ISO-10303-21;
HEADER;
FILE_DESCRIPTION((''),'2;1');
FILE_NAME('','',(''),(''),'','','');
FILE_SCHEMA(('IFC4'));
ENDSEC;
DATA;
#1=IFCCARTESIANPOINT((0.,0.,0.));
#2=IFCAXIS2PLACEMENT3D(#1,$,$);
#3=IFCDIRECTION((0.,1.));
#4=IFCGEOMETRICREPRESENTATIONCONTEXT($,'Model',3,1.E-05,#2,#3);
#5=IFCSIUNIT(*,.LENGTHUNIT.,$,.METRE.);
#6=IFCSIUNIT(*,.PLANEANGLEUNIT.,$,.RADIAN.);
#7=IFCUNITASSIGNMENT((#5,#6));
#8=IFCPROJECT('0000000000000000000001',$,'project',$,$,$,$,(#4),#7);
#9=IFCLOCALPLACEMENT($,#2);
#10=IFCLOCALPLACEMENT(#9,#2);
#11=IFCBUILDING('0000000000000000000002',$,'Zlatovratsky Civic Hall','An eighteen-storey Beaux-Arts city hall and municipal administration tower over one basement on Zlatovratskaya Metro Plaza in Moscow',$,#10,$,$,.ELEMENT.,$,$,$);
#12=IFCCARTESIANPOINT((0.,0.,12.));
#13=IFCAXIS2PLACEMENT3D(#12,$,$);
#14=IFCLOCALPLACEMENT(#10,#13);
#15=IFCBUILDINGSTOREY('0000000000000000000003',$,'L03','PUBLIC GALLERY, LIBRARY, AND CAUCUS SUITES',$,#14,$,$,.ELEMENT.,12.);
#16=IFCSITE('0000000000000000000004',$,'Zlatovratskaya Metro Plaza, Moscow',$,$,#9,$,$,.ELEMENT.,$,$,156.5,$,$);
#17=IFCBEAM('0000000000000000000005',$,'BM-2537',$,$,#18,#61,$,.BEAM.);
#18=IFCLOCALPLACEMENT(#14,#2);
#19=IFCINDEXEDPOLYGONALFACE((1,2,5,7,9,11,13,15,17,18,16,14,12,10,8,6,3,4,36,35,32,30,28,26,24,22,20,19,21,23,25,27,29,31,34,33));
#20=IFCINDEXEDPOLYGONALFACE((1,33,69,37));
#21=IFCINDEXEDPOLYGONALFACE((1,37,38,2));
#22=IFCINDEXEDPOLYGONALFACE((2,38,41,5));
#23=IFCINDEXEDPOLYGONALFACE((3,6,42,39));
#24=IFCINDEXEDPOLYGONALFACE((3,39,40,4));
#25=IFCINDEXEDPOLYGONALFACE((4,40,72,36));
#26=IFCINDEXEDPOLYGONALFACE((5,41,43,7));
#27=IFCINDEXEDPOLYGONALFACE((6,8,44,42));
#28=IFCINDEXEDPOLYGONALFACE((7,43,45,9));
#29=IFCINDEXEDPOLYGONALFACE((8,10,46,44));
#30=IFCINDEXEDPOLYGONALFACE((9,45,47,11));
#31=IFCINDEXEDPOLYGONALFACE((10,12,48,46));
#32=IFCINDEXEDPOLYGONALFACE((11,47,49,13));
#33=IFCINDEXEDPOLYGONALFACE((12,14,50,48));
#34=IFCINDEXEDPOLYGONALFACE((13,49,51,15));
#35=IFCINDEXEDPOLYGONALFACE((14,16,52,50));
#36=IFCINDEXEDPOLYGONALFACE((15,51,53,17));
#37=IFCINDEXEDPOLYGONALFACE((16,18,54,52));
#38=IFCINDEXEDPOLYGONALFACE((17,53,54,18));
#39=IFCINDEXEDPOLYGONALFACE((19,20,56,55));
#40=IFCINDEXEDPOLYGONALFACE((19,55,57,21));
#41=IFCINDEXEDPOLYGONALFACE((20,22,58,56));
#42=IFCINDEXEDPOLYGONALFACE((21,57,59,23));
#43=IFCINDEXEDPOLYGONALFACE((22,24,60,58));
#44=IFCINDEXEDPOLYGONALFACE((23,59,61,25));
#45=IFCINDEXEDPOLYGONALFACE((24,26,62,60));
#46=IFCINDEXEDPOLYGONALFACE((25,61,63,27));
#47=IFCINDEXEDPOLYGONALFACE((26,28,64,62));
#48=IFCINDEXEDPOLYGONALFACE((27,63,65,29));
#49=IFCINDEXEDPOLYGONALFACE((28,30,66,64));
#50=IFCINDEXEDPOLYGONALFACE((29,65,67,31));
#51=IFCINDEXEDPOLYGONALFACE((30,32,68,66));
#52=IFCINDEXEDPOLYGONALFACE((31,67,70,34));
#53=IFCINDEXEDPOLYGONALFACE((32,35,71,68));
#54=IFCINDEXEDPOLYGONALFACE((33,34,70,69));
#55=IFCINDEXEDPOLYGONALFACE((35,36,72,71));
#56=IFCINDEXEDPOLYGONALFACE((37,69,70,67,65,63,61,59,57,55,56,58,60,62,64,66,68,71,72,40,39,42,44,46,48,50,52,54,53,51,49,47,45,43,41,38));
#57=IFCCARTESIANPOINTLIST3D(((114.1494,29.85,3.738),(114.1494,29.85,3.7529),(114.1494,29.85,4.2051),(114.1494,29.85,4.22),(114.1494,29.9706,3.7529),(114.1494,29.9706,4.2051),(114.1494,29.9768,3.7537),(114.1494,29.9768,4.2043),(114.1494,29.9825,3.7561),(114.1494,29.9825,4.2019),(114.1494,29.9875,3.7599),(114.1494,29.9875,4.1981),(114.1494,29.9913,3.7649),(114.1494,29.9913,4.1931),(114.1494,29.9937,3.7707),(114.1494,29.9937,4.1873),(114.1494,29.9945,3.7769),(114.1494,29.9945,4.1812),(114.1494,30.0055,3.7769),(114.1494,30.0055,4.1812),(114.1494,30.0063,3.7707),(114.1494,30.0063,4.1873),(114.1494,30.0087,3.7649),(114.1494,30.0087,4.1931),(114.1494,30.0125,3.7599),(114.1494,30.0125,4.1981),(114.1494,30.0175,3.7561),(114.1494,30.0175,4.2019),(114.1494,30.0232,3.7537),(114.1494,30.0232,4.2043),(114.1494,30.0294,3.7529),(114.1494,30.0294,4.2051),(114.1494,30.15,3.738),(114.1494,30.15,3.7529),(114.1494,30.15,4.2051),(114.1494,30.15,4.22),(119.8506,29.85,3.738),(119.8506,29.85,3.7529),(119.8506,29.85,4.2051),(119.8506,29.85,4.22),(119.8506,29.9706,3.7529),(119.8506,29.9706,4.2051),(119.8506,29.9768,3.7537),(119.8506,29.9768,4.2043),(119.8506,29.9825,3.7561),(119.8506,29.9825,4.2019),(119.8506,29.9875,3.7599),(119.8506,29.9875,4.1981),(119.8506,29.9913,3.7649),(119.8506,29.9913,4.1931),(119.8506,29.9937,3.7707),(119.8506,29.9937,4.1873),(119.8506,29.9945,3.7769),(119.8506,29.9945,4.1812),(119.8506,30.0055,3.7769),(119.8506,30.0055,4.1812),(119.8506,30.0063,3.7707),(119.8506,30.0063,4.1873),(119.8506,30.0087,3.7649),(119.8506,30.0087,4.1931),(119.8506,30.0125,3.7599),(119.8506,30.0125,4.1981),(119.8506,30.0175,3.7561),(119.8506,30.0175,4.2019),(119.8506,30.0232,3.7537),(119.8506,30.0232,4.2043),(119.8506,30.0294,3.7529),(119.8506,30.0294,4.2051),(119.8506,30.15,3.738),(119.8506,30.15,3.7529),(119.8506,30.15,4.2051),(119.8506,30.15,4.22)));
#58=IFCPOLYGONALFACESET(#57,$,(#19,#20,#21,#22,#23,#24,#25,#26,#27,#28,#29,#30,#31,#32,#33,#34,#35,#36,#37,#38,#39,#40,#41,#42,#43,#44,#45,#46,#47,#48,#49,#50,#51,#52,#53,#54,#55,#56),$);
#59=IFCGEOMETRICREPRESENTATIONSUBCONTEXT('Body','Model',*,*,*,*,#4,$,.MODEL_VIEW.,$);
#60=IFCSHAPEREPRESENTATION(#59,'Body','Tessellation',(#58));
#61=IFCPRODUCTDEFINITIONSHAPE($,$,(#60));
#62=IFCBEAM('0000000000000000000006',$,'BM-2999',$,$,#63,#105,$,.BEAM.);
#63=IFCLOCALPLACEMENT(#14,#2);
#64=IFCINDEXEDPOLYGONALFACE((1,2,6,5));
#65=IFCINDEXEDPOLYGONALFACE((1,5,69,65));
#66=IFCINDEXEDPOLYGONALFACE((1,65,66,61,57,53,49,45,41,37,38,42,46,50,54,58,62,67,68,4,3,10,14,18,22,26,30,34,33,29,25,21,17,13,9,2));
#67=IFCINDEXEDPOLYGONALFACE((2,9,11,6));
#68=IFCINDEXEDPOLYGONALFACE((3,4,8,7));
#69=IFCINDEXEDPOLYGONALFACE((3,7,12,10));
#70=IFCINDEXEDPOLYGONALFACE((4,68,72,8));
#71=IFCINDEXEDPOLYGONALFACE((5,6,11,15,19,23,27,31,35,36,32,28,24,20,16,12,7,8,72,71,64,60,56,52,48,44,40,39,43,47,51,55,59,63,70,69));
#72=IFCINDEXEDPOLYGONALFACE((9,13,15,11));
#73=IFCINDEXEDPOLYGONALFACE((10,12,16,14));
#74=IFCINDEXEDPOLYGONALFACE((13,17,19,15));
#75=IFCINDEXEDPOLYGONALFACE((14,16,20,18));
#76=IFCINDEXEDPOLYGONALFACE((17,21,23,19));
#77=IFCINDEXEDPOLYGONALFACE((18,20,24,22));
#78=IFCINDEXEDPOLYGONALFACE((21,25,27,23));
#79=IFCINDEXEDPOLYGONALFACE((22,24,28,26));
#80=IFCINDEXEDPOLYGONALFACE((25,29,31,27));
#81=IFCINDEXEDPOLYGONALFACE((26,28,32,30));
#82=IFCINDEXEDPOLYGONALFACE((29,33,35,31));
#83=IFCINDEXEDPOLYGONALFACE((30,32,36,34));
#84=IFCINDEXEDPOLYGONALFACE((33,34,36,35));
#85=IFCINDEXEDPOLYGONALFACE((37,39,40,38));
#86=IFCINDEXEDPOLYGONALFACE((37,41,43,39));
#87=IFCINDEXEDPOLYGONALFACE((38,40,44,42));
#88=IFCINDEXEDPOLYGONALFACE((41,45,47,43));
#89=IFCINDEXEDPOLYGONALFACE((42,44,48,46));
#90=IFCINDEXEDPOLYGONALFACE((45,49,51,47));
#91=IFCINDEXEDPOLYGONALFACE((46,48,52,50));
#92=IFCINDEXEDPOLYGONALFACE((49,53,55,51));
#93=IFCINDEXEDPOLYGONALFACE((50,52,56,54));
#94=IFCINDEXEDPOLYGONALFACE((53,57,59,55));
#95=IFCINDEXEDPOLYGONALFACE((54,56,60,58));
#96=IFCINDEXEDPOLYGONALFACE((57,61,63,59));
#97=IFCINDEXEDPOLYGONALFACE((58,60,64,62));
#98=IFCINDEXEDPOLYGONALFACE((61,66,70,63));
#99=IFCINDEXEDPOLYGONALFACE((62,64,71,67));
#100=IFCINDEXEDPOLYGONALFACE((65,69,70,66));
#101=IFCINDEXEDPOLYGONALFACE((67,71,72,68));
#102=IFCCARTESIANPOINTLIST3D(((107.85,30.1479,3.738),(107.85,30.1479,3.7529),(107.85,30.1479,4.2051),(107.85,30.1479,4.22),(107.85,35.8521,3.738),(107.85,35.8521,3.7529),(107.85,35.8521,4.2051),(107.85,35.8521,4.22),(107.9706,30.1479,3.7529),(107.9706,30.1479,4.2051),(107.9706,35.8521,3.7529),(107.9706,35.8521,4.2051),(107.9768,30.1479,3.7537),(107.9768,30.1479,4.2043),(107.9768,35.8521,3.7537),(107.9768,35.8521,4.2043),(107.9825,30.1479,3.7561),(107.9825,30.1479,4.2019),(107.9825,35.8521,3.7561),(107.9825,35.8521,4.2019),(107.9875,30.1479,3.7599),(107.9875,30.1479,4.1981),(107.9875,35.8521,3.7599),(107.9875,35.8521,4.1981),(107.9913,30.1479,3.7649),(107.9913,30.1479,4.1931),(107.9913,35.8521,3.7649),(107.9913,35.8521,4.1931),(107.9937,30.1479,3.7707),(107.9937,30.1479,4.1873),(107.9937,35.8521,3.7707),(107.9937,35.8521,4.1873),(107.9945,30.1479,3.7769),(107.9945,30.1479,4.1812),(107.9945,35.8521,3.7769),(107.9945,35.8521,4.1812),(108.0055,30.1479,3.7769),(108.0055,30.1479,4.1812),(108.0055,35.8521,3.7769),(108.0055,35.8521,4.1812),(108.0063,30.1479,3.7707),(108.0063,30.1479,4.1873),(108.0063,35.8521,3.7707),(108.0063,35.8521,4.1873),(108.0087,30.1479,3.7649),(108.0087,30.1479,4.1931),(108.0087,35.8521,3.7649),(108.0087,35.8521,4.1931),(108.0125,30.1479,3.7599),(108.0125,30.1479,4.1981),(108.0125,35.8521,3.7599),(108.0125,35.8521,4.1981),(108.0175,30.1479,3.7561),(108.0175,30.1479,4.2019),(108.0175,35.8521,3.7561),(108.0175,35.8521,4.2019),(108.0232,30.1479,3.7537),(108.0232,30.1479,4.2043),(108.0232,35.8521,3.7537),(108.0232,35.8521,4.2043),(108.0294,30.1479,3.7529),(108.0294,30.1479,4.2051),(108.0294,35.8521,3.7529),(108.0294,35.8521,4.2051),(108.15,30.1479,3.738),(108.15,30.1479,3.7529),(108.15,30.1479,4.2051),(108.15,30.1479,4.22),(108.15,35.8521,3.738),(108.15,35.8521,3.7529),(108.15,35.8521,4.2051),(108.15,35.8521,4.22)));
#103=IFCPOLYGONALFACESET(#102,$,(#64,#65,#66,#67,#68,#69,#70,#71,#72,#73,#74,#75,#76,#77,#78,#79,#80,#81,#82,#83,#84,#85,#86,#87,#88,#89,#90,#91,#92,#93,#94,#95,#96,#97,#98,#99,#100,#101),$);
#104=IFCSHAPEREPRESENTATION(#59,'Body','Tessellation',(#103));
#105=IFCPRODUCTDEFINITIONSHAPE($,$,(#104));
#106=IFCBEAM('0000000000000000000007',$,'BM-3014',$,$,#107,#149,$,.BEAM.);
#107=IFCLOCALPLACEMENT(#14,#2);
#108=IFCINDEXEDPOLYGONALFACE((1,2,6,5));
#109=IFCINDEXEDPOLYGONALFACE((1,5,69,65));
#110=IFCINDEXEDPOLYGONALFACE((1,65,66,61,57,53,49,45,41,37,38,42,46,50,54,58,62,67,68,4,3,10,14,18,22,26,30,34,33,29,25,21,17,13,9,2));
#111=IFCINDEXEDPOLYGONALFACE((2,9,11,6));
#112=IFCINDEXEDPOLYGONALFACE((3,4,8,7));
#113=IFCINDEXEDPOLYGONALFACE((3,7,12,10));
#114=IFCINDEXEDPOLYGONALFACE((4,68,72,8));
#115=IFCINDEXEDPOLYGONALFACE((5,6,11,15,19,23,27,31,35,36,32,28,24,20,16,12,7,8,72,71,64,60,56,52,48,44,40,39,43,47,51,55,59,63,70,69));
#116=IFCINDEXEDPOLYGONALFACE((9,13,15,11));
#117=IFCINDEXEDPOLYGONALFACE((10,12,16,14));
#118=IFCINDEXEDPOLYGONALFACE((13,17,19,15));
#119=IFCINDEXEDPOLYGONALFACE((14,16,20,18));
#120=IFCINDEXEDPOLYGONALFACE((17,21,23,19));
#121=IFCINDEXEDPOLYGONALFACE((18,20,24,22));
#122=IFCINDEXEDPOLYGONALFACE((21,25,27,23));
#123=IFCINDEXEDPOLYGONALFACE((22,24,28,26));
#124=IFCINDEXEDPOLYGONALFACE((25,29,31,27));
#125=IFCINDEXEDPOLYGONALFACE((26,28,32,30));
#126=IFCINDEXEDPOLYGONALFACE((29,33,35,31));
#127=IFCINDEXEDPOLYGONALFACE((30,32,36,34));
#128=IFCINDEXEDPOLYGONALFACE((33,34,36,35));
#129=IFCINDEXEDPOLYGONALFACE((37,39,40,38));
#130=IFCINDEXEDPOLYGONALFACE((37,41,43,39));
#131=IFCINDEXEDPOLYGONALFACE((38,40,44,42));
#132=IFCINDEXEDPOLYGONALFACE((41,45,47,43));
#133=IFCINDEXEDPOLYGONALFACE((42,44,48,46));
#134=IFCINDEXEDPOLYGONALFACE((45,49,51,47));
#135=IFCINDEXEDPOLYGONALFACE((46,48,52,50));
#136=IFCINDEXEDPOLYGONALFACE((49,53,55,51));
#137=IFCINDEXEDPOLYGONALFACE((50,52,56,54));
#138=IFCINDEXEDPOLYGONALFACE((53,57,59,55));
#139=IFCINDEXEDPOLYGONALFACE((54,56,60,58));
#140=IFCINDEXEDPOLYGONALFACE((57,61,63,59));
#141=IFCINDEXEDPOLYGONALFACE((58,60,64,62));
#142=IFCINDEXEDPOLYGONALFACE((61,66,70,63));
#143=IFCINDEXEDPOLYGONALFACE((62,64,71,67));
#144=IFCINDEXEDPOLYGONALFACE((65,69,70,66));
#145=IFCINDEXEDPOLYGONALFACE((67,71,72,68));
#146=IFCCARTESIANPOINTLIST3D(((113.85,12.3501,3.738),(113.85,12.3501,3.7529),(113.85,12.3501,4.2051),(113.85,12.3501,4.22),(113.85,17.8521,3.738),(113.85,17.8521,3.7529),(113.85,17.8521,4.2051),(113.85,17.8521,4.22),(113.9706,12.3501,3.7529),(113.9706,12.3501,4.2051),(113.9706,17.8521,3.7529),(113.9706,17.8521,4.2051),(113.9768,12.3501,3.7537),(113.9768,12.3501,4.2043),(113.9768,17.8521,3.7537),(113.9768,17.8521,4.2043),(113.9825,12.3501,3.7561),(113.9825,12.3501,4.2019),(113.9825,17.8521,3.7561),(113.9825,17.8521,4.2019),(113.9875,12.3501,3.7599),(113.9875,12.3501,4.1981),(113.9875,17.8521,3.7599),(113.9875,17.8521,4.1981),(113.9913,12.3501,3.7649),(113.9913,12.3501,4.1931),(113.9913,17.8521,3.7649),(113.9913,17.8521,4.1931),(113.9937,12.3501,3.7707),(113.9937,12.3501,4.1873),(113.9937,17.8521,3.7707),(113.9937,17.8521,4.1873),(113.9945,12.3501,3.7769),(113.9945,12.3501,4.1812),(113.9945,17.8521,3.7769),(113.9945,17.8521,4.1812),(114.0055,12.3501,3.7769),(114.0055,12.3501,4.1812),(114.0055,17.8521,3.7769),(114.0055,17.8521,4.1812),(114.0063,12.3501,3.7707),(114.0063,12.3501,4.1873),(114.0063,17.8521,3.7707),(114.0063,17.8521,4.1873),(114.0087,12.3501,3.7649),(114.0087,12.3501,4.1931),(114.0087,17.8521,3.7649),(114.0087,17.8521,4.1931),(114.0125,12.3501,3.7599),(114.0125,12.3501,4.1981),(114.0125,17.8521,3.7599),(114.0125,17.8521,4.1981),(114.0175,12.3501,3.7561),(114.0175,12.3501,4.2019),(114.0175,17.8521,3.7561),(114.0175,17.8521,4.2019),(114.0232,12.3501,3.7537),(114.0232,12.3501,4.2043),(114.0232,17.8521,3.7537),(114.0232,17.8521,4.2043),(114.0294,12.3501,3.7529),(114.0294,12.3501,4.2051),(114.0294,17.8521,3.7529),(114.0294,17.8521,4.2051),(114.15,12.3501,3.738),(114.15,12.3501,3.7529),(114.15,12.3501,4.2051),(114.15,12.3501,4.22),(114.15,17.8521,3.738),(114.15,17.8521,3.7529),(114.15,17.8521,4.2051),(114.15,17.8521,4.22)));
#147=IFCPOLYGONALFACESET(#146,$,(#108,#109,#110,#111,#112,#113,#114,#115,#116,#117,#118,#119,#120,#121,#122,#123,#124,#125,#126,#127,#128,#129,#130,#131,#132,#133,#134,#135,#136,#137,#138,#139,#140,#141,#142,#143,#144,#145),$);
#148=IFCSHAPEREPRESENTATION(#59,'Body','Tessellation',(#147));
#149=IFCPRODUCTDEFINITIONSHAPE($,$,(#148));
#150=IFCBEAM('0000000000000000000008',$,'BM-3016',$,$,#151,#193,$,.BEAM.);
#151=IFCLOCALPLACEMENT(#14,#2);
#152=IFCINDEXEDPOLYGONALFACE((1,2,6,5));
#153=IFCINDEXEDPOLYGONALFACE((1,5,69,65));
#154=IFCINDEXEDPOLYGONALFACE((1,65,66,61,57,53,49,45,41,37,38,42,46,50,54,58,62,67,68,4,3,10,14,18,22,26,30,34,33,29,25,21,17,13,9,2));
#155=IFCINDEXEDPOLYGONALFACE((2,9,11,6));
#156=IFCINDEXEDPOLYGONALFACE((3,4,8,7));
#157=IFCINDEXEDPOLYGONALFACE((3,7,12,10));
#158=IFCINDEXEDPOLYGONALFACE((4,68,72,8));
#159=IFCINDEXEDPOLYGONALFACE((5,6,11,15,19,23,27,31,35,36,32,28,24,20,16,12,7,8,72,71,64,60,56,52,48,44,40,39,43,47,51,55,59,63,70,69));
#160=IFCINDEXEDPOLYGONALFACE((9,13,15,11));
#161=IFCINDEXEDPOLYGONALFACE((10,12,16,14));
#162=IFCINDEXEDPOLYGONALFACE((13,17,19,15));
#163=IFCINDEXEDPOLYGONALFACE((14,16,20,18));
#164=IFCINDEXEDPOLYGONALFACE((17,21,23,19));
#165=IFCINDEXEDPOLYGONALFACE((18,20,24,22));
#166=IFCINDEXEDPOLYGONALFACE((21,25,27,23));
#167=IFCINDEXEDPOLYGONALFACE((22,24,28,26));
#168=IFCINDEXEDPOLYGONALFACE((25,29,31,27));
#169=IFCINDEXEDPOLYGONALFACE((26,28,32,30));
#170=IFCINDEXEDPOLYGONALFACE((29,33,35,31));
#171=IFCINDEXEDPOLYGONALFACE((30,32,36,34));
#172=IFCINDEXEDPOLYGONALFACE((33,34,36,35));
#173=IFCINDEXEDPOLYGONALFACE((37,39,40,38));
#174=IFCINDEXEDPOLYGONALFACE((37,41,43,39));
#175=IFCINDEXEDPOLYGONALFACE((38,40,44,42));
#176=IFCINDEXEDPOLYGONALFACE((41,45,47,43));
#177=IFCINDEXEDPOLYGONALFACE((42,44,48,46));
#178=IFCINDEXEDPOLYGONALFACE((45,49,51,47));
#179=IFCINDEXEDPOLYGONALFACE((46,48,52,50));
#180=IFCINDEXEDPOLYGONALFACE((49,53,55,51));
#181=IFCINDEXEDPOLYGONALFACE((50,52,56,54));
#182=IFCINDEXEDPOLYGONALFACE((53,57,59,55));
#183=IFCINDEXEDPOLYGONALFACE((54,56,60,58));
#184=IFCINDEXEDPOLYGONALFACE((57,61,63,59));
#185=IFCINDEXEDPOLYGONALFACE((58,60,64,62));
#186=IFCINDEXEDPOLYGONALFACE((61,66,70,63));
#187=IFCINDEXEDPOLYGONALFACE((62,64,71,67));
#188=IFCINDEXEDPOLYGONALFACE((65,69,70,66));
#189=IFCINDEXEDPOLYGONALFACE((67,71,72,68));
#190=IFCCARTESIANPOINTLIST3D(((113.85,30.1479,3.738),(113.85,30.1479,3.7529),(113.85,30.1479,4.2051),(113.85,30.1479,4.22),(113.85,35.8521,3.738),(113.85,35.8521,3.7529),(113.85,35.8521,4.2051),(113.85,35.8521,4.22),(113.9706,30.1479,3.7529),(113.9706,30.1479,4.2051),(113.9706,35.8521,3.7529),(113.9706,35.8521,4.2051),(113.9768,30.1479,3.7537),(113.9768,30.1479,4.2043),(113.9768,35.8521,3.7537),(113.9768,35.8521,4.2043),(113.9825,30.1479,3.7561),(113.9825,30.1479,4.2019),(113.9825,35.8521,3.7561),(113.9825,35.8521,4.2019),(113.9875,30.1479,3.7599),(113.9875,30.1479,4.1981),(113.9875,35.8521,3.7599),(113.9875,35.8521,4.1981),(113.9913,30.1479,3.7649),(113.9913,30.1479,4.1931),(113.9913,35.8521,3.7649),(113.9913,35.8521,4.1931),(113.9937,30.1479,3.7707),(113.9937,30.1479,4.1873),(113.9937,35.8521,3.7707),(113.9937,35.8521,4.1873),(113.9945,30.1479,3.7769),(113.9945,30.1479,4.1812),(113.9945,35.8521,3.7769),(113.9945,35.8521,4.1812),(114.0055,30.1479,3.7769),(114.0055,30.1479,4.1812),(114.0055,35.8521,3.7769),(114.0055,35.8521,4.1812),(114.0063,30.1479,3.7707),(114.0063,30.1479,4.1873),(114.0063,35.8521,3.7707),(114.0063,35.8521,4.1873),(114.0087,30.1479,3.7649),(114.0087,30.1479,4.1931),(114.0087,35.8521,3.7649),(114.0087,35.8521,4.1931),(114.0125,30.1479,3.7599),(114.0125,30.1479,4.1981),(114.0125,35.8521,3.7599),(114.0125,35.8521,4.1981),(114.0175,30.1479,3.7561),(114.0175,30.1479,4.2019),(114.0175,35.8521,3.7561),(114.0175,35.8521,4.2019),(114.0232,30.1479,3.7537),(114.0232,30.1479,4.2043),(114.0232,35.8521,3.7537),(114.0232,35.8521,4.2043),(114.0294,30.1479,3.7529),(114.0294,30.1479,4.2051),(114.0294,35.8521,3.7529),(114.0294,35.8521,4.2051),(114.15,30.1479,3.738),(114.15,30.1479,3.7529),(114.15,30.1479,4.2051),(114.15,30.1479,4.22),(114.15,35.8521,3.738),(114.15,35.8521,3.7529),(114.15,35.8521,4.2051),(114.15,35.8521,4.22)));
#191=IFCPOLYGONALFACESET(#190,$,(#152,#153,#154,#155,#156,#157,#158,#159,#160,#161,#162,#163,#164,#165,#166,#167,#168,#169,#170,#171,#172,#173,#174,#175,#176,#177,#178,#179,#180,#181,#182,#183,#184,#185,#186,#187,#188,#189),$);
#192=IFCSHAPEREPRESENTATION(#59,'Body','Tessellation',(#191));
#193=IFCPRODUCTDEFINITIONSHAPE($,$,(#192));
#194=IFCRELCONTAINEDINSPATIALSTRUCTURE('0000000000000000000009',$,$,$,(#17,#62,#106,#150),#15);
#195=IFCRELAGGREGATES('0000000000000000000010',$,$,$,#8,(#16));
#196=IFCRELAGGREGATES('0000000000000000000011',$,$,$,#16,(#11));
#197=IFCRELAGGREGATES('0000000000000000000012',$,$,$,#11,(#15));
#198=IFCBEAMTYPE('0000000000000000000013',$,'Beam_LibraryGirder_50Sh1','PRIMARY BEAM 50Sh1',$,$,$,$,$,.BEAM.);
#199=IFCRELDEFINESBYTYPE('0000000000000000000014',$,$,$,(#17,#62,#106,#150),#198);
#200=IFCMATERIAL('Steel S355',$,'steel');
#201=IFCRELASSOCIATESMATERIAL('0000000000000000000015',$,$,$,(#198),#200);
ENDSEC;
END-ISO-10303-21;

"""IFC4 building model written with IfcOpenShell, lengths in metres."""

from ifc_helpers import new_model, si_unit, direction, frame, origin, origin_2d, place, context, subcontext, project, spatial, i_section, extrude, material, material_profile, profile_set, type_object, element, save


model = new_model("IFC4")

# Units and contexts
model_context = context("Model", 3, precision=1e-05, world=origin(), true_north=direction((0.0, 1.0)))
body_context = subcontext(model_context, "Body", "Model", "MODEL_VIEW")
ifc_project = project(units=[si_unit("LENGTHUNIT", "METRE"), si_unit("PLANEANGLEUNIT", "RADIAN")], contexts=[model_context])

# Site, building, storey
site_placement = place(None, origin())
site = spatial("IfcSite", under=ifc_project, at=site_placement, Name="Zlatovratskaya Metro Plaza, Moscow", CompositionType="ELEMENT", RefElevation=156.5)
building_placement = place(site_placement, origin())
building = spatial("IfcBuilding", under=site, at=building_placement, Name="Zlatovratsky Civic Hall", Description="An eighteen-storey Beaux-Arts city hall and municipal administration tower over one basement on Zlatovratskaya Metro Plaza in Moscow", CompositionType="ELEMENT")
storey_placement = place(building_placement, frame((0.0, 0.0, 12.0)))
storey = spatial("IfcBuildingStorey", under=building, at=storey_placement, Name="L03", Description="PUBLIC GALLERY, LIBRARY, AND CAUCUS SUITES", CompositionType="ELEMENT", Elevation=12.0)

# Shared definitions
ifc_material_1 = material(Name="Steel S355", Category="steel")

# Beams
ifc_material_profile_1 = material_profile(ifc_material_1, i_section(OverallWidth=0.3, OverallDepth=0.4819, WebThickness=0.011, FlangeThickness=0.0149, FilletRadius=0.0239, at=origin_2d()), Name="50Sh1")
ifc_profile_set_1 = profile_set([ifc_material_profile_1], Name="Steel S355")
beam_type_1 = type_object("IfcBeamType", Name="Beam_LibraryGirder_50Sh1", Description="PRIMARY BEAM 50Sh1", PredefinedType="BEAM", material=ifc_profile_set_1)
for number, where, z_axis, x_axis, name in (
    (1, (114.1494, 30.0, 3.979), (1.0, 0.0, 0.0), (0.0, 1.0, 0.0), "BM-2537"),
):
    element("IfcBeam", number, at=place(storey_placement, frame(where, z_axis=z_axis, x_axis=x_axis)), inside=storey, type_object=beam_type_1, Name=name, PredefinedType="BEAM", context=body_context, shape_type="SweptSolid", body=[
        extrude(i_section(OverallWidth=0.3, OverallDepth=0.4819, WebThickness=0.011, FlangeThickness=0.0149, FilletRadius=0.0239, at=origin_2d()), origin(), (0.0, 0.0, 1.0), 5.7012),
    ])
beam_1_placement = place(storey_placement, frame((108.0, 30.1479, 3.979), z_axis=(0.0, 1.0, 0.0), x_axis=(-1.0, 0.0, 0.0)))
element("IfcBeam", 2, at=beam_1_placement, inside=storey, type_object=beam_type_1, Name="BM-2999", PredefinedType="BEAM", context=body_context, shape_type="SweptSolid", body=[
    extrude(i_section(OverallWidth=0.3, OverallDepth=0.4819, WebThickness=0.011, FlangeThickness=0.0149, FilletRadius=0.0239, at=origin_2d()), origin(), (0.0, 0.0, 1.0), 5.7041),
])
beam_2_placement = place(storey_placement, frame((114.0, 12.3501, 3.979), z_axis=(0.0, 1.0, 0.0), x_axis=(-1.0, 0.0, 0.0)))
element("IfcBeam", 3, at=beam_2_placement, inside=storey, type_object=beam_type_1, Name="BM-3014", PredefinedType="BEAM", context=body_context, shape_type="SweptSolid", body=[
    extrude(i_section(OverallWidth=0.3, OverallDepth=0.4819, WebThickness=0.011, FlangeThickness=0.0149, FilletRadius=0.0239, at=origin_2d()), origin(), (0.0, 0.0, 1.0), 5.502),
])
for number, where, z_axis, x_axis, name in (
    (4, (114.0, 30.1479, 3.979), (0.0, 1.0, 0.0), (-1.0, 0.0, 0.0), "BM-3016"),
):
    element("IfcBeam", number, at=place(storey_placement, frame(where, z_axis=z_axis, x_axis=x_axis)), inside=storey, type_object=beam_type_1, Name=name, PredefinedType="BEAM", context=body_context, shape_type="SweptSolid", body=[
        extrude(i_section(OverallWidth=0.3, OverallDepth=0.4819, WebThickness=0.011, FlangeThickness=0.0149, FilletRadius=0.0239, at=origin_2d()), origin(), (0.0, 0.0, 1.0), 5.7041),
    ])

save(model, "model.ifc")
